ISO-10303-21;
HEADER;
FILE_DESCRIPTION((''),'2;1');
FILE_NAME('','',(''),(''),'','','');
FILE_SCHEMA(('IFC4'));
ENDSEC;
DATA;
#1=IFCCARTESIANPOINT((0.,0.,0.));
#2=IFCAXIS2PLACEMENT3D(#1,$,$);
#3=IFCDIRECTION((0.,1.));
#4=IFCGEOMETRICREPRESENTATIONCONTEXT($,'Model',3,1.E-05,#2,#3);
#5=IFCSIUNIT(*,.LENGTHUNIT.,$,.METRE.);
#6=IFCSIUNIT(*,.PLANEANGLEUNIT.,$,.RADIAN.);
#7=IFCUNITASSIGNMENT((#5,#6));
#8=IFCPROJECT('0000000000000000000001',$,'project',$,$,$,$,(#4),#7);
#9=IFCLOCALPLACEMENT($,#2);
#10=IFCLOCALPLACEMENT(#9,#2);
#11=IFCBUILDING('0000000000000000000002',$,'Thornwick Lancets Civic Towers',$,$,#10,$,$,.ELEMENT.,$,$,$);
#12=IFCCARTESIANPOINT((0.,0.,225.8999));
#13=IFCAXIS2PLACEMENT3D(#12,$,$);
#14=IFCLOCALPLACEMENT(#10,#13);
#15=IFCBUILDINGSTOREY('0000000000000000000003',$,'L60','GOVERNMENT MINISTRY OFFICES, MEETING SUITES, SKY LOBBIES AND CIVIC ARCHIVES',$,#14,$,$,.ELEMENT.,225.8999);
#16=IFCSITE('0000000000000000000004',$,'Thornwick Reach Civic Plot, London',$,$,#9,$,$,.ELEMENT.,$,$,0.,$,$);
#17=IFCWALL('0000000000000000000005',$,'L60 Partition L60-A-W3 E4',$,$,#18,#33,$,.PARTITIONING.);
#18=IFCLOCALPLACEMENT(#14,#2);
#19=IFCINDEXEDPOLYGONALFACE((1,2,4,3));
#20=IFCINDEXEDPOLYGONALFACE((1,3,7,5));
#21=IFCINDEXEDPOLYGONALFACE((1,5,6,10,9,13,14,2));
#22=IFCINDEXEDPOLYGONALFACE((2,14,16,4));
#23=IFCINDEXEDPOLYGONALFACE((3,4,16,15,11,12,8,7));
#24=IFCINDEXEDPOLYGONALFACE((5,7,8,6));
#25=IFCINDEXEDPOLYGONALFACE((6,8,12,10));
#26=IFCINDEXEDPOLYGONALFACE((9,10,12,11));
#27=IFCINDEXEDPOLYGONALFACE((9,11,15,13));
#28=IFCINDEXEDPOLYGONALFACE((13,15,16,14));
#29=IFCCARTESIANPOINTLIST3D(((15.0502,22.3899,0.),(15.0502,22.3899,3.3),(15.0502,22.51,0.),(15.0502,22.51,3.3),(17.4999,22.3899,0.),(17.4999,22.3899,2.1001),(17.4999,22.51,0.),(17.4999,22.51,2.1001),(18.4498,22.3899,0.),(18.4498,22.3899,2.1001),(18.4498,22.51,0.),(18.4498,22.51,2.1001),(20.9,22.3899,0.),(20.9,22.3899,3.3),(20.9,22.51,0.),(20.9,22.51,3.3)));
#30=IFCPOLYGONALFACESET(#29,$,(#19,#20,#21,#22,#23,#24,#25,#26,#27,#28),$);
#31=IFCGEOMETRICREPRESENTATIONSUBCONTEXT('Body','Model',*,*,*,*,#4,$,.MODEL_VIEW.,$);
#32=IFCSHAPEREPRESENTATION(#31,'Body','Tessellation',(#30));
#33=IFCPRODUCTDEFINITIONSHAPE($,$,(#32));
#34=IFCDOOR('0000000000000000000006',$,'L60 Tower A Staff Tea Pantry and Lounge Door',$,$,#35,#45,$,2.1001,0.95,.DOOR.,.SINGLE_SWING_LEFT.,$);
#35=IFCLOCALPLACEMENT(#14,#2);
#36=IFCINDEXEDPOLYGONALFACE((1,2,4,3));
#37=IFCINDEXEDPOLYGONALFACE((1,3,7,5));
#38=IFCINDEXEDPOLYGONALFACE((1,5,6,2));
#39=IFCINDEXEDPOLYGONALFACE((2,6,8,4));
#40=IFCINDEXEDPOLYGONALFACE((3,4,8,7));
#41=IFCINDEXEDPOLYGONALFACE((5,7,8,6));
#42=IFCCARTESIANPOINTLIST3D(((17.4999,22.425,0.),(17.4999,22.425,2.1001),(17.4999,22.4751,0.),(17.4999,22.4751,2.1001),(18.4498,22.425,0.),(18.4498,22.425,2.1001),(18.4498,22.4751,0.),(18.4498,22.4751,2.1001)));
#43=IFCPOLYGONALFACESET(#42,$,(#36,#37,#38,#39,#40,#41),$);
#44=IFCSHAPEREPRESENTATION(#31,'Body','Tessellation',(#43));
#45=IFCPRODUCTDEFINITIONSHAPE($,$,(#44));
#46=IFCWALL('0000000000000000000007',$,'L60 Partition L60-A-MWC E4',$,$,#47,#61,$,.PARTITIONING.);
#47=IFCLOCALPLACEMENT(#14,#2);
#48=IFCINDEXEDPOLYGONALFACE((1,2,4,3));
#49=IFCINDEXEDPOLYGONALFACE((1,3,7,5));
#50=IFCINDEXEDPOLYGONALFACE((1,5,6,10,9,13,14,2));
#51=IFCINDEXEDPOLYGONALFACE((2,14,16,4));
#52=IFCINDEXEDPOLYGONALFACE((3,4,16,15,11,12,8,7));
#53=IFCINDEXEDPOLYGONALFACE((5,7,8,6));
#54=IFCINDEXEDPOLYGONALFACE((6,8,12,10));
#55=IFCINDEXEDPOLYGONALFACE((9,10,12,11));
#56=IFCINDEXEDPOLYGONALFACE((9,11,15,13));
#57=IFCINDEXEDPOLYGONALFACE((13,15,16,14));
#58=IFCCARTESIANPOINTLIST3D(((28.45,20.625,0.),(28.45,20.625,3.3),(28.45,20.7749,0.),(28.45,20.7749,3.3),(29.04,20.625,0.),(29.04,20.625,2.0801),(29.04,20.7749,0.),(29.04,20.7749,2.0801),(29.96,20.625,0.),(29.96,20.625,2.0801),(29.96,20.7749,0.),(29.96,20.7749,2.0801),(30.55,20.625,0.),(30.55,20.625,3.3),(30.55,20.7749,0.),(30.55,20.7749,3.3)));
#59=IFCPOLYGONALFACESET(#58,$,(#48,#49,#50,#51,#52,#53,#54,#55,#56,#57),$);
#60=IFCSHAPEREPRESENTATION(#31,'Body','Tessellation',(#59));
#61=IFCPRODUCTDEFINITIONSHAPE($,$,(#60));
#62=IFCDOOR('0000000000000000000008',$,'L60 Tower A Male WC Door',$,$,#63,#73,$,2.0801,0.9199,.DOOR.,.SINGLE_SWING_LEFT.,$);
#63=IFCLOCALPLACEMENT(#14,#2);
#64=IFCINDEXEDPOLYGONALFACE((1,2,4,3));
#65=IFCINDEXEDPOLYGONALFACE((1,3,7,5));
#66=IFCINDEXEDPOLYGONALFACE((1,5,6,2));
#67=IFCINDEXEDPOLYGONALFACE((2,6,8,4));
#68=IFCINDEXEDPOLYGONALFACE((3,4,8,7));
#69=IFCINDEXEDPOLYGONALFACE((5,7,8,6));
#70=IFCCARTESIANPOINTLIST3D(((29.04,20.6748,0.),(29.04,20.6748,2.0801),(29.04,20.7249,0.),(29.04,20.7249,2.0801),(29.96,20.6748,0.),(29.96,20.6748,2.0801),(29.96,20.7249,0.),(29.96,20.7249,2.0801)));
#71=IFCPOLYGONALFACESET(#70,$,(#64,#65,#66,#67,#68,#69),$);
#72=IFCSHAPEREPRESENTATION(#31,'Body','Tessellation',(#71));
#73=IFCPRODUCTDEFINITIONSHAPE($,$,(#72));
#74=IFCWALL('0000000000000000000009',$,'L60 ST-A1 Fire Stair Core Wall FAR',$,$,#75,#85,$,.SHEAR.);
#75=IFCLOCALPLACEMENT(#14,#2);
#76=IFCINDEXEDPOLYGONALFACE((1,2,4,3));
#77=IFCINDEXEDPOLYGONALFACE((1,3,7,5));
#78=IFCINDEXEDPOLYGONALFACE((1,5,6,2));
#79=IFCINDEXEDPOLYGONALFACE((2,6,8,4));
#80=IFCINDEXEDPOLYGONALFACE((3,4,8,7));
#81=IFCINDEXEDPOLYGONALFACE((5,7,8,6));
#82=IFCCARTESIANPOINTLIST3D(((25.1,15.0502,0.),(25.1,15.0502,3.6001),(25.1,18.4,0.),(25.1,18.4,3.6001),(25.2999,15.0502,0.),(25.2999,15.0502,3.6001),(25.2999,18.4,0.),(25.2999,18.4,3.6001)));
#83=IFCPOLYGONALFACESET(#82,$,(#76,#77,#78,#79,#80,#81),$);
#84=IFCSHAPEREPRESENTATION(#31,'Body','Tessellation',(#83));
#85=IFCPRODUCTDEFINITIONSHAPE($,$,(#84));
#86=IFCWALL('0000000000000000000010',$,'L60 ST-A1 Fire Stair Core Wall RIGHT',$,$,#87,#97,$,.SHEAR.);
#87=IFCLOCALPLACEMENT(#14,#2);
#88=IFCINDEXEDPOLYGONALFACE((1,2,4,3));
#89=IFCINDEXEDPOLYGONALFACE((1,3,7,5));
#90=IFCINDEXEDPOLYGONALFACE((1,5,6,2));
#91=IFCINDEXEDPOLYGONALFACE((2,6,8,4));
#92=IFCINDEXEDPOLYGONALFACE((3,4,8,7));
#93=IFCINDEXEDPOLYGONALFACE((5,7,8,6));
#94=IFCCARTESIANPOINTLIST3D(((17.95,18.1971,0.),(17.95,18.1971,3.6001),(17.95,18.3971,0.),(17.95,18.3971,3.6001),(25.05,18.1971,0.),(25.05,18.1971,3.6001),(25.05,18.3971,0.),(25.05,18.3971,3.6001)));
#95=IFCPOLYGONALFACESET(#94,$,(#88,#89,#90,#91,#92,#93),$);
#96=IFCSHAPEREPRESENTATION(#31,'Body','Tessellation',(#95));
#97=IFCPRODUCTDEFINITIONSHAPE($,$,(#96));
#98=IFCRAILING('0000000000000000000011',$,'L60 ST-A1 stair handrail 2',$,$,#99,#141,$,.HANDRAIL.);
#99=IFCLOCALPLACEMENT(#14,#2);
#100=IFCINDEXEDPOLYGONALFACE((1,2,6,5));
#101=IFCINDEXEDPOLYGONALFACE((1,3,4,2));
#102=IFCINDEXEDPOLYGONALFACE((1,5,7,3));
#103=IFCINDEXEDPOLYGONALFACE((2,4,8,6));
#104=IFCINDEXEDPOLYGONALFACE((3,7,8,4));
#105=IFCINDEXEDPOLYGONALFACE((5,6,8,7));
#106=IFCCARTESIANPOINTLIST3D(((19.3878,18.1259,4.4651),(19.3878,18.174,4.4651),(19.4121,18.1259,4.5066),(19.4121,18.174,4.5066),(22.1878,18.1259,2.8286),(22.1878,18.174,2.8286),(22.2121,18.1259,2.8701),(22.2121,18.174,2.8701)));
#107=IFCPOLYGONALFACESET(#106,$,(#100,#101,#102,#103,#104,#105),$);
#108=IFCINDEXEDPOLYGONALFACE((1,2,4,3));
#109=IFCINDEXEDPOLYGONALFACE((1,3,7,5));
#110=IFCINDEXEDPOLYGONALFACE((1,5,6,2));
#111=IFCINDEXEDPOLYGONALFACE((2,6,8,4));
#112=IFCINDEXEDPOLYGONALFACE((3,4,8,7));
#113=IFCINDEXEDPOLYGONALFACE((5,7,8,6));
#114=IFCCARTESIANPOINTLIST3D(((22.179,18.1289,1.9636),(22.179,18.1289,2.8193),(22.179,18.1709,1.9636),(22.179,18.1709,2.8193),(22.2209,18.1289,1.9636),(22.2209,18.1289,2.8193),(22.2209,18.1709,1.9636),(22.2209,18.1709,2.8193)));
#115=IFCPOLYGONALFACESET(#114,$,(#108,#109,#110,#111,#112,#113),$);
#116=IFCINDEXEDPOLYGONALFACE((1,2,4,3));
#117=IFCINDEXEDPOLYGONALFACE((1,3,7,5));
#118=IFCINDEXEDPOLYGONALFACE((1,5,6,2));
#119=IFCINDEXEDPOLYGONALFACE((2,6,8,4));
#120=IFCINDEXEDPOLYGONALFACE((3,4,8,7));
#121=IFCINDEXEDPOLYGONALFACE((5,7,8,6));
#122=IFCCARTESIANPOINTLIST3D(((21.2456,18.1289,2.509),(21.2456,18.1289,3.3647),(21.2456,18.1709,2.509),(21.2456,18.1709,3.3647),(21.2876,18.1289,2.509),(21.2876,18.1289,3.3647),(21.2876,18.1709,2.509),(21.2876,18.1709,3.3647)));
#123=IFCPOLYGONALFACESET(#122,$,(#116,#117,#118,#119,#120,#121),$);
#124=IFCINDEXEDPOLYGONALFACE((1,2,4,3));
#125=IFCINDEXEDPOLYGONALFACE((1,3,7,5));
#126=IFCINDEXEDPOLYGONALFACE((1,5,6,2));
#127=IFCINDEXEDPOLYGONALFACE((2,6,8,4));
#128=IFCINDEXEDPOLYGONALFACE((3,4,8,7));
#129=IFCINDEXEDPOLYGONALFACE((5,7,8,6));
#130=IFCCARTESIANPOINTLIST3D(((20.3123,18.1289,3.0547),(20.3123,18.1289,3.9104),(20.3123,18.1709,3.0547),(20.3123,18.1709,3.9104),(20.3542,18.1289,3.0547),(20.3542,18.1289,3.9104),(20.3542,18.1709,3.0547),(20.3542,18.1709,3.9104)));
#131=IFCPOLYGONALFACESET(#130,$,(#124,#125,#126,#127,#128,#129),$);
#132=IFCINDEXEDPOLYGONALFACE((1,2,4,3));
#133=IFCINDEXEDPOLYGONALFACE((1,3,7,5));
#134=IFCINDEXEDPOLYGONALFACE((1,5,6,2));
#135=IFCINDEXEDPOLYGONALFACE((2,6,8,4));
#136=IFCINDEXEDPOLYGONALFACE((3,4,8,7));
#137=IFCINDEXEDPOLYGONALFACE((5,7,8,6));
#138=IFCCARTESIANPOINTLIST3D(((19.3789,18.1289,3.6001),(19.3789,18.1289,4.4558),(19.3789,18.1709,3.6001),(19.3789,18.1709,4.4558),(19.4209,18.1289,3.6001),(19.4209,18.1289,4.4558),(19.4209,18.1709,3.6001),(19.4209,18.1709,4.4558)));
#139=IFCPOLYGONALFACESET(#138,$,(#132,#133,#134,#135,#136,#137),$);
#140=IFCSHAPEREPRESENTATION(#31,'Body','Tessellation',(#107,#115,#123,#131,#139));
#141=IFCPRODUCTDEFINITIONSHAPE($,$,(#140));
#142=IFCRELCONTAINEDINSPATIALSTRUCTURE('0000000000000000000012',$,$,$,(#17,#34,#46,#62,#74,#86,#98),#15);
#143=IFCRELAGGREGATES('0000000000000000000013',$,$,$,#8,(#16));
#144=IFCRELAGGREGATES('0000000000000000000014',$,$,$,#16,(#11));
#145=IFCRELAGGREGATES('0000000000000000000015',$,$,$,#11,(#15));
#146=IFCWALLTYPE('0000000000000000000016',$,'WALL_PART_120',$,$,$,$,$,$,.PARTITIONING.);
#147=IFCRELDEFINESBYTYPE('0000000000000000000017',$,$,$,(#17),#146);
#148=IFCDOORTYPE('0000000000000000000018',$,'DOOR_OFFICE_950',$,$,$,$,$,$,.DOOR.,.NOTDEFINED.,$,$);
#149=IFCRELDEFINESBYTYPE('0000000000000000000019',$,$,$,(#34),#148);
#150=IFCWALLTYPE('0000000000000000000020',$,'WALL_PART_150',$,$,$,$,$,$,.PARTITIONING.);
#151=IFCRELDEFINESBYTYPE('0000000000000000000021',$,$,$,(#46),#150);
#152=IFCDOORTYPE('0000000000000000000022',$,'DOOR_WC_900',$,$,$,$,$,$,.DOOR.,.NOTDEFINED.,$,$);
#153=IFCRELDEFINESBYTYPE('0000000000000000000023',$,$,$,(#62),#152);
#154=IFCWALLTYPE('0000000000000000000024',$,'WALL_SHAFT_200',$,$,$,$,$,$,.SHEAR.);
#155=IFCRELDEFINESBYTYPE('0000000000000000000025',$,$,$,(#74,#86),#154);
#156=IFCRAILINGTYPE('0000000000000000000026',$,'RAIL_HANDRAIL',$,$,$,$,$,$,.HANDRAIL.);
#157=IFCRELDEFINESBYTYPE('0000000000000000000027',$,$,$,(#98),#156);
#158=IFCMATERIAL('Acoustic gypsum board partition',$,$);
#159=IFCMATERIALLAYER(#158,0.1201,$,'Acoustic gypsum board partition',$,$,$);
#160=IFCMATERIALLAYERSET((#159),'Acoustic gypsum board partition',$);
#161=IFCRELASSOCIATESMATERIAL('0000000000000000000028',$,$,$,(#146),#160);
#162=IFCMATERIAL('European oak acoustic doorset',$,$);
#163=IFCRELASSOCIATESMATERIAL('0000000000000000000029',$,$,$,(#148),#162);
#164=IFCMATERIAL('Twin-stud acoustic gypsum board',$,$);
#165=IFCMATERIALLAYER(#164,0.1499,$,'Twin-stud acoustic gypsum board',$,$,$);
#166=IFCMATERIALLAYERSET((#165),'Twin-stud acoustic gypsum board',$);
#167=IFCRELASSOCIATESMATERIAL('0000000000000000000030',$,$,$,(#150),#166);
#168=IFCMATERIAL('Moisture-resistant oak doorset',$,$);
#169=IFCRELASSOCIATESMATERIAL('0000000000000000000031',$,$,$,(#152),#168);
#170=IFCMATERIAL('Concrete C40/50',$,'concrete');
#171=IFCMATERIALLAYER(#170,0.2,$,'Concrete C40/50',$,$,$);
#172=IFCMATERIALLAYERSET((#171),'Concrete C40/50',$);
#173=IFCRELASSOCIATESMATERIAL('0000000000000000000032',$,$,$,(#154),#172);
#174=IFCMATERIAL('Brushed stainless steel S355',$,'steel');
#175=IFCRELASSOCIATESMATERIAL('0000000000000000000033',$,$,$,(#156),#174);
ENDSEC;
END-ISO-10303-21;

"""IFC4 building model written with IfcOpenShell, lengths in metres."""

from ifc_helpers import new_model, si_unit, direction, frame, frame_2d, origin, origin_2d, place, context, subcontext, project, spatial, rectangle, extrude, material, layer, layer_set, type_object, element, fill, save


model = new_model("IFC4")

# Units and contexts
model_context = context("Model", 3, precision=1e-05, world=origin(), true_north=direction((0.0, 1.0)))
body_context = subcontext(model_context, "Body", "Model", "MODEL_VIEW")
ifc_project = project(units=[si_unit("LENGTHUNIT", "METRE"), si_unit("PLANEANGLEUNIT", "RADIAN")], contexts=[model_context])

# Site, building, storey
site_placement = place(None, origin())
site = spatial("IfcSite", under=ifc_project, at=site_placement, Name="Thornwick Reach Civic Plot, London", CompositionType="ELEMENT", RefElevation=0.0)
building_placement = place(site_placement, origin())
building = spatial("IfcBuilding", under=site, at=building_placement, Name="Thornwick Lancets Civic Towers", CompositionType="ELEMENT")
storey_placement = place(building_placement, frame((0.0, 0.0, 225.8999)))
storey = spatial("IfcBuildingStorey", under=building, at=storey_placement, Name="L60", Description="GOVERNMENT MINISTRY OFFICES, MEETING SUITES, SKY LOBBIES AND CIVIC ARCHIVES", CompositionType="ELEMENT", Elevation=225.8999)

# Shared definitions
ifc_material_1 = material(Name="Acoustic gypsum board partition")
ifc_layer_1 = layer(ifc_material_1, 0.1201, Name="Acoustic gypsum board partition")
ifc_layer_set_1 = layer_set([ifc_layer_1], Name="Acoustic gypsum board partition")
wall_type_1 = type_object("IfcWallType", Name="WALL_PART_120", PredefinedType="PARTITIONING", material=ifc_layer_set_1)

# Walls, openings, doors
wall_1_placement = place(storey_placement, frame((20.8999, 22.45, 0.0), z_axis=(0.0, 0.0, 1.0), x_axis=(-1.0, 0.0, 0.0)))
wall_1 = element("IfcWall", 1, at=wall_1_placement, inside=storey, type_object=wall_type_1, Name="L60 Partition L60-A-W3 E4", PredefinedType="PARTITIONING", context=body_context, shape_type="SweptSolid", body=[
    extrude(rectangle(XDim=5.8499, YDim=0.1201, at=frame_2d((2.9248, 0.0))), origin(), (0.0, 0.0, 1.0), 3.3),
])
opening_1_placement = place(wall_1_placement, frame((2.45, 0.0, 0.0)))
opening_1 = element("IfcOpeningElement", 2, at=opening_1_placement, cuts=wall_1, PredefinedType="OPENING", context=body_context, shape_type="SweptSolid", body=[
    extrude(rectangle(XDim=0.95, YDim=2.1001, at=frame_2d((0.4751, 1.05))), frame((0.0, 0.0701, 0.0), z_axis=(0.0, -1.0, 0.0), x_axis=(1.0, 0.0, 0.0)), (0.0, 0.0, 1.0), 0.1401),
])
ifc_material_2 = material(Name="European oak acoustic doorset")
door_type_1 = type_object("IfcDoorType", Name="DOOR_OFFICE_950", OperationType="NOTDEFINED", PredefinedType="DOOR", material=ifc_material_2)
door_1_placement = place(opening_1_placement, origin())
door_1 = element("IfcDoor", 3, at=door_1_placement, inside=storey, type_object=door_type_1, Name="L60 Tower A Staff Tea Pantry and Lounge Door", OperationType="SINGLE_SWING_LEFT", OverallHeight=2.1001, OverallWidth=0.95, PredefinedType="DOOR", context=body_context, shape_type="SweptSolid", body=[
    extrude(rectangle(XDim=0.95, YDim=2.1001, at=frame_2d((0.4751, 1.05))), frame((0.0, 0.0249, 0.0), z_axis=(0.0, -1.0, 0.0), x_axis=(1.0, 0.0, 0.0)), (0.0, 0.0, 1.0), 0.05),
])
fill(opening_1, door_1)
ifc_material_3 = material(Name="Twin-stud acoustic gypsum board")
ifc_layer_2 = layer(ifc_material_3, 0.1499, Name="Twin-stud acoustic gypsum board")
ifc_layer_set_2 = layer_set([ifc_layer_2], Name="Twin-stud acoustic gypsum board")
wall_type_2 = type_object("IfcWallType", Name="WALL_PART_150", PredefinedType="PARTITIONING", material=ifc_layer_set_2)
wall_2_placement = place(storey_placement, frame((28.45, 20.7, 0.0), z_axis=(0.0, 0.0, 1.0), x_axis=(1.0, 0.0, 0.0)))
wall_2 = element("IfcWall", 4, at=wall_2_placement, inside=storey, type_object=wall_type_2, Name="L60 Partition L60-A-MWC E4", PredefinedType="PARTITIONING", context=body_context, shape_type="SweptSolid", body=[
    extrude(rectangle(XDim=2.1001, YDim=0.1499, at=frame_2d((1.05, 0.0))), origin(), (0.0, 0.0, 1.0), 3.3),
])
opening_2_placement = place(wall_2_placement, frame((0.5901, 0.0, 0.0)))
opening_2 = element("IfcOpeningElement", 5, at=opening_2_placement, cuts=wall_2, PredefinedType="OPENING", context=body_context, shape_type="SweptSolid", body=[
    extrude(rectangle(XDim=0.9199, YDim=2.0801, at=frame_2d((0.46, 1.04))), frame((0.0, 0.085, 0.0), z_axis=(0.0, -1.0, 0.0), x_axis=(1.0, 0.0, 0.0)), (0.0, 0.0, 1.0), 0.1699),
])
ifc_material_4 = material(Name="Moisture-resistant oak doorset")
door_type_2 = type_object("IfcDoorType", Name="DOOR_WC_900", OperationType="NOTDEFINED", PredefinedType="DOOR", material=ifc_material_4)
door_2_placement = place(opening_2_placement, origin())
door_2 = element("IfcDoor", 6, at=door_2_placement, inside=storey, type_object=door_type_2, Name="L60 Tower A Male WC Door", OperationType="SINGLE_SWING_LEFT", OverallHeight=2.0801, OverallWidth=0.9199, PredefinedType="DOOR", context=body_context, shape_type="SweptSolid", body=[
    extrude(rectangle(XDim=0.9199, YDim=2.0801, at=frame_2d((0.46, 1.04))), frame((0.0, 0.0249, 0.0), z_axis=(0.0, -1.0, 0.0), x_axis=(1.0, 0.0, 0.0)), (0.0, 0.0, 1.0), 0.05),
])
fill(opening_2, door_2)

# Walls
ifc_material_5 = material(Name="Concrete C40/50", Category="concrete")
ifc_layer_3 = layer(ifc_material_5, 0.2, Name="Concrete C40/50")
ifc_layer_set_3 = layer_set([ifc_layer_3], Name="Concrete C40/50")
wall_type_3 = type_object("IfcWallType", Name="WALL_SHAFT_200", PredefinedType="SHEAR", material=ifc_layer_set_3)
wall_3_placement = place(storey_placement, frame((25.2, 18.3999, 0.0), z_axis=(0.0, 0.0, 1.0), x_axis=(0.0, -1.0, 0.0)))
element("IfcWall", 7, at=wall_3_placement, inside=storey, type_object=wall_type_3, Name="L60 ST-A1 Fire Stair Core Wall FAR", PredefinedType="SHEAR", context=body_context, shape_type="SweptSolid", body=[
    extrude(rectangle(XDim=3.3499, YDim=0.2, at=frame_2d((1.6748, 0.0))), origin(), (0.0, 0.0, 1.0), 3.6001),
])
wall_4_placement = place(storey_placement, frame((25.05, 18.2971, 0.0), z_axis=(0.0, 0.0, 1.0), x_axis=(-1.0, 0.0, 0.0)))
element("IfcWall", 8, at=wall_4_placement, inside=storey, type_object=wall_type_3, Name="L60 ST-A1 Fire Stair Core Wall RIGHT", PredefinedType="SHEAR", context=body_context, shape_type="SweptSolid", body=[
    extrude(rectangle(XDim=7.1001, YDim=0.2, at=frame_2d((3.55, 0.0))), origin(), (0.0, 0.0, 1.0), 3.6001),
])

# Railing
ifc_material_6 = material(Name="Brushed stainless steel S355", Category="steel")
railing_type_1 = type_object("IfcRailingType", Name="RAIL_HANDRAIL", PredefinedType="HANDRAIL", material=ifc_material_6)
railing_1_placement = place(storey_placement, frame((22.2, 18.1499, 1.9636)))
element("IfcRailing", 9, at=railing_1_placement, inside=storey, type_object=railing_type_1, Name="L60 ST-A1 stair handrail 2", PredefinedType="HANDRAIL", context=body_context, shape_type="SweptSolid", body=[
    extrude(rectangle(XDim=0.0481, YDim=0.0481, at=origin_2d()), frame((0.0, 0.0, 0.8857), z_axis=(-0.863361, 0.0, 0.504587), x_axis=(0.0, -1.0, 0.0)), (0.0, 0.0, 1.0), 3.2432),
    extrude(rectangle(XDim=0.042, YDim=0.042, at=origin_2d()), origin(), (0.0, 0.0, 1.0), 0.8557),
    extrude(rectangle(XDim=0.042, YDim=0.042, at=origin_2d()), frame((-0.9333, 0.0, 0.5454)), (0.0, 0.0, 1.0), 0.8557),
    extrude(rectangle(XDim=0.042, YDim=0.042, at=origin_2d()), frame((-1.8667, 0.0, 1.0911)), (0.0, 0.0, 1.0), 0.8557),
    extrude(rectangle(XDim=0.042, YDim=0.042, at=origin_2d()), frame((-2.8, 0.0, 1.6365)), (0.0, 0.0, 1.0), 0.8557),
])

save(model, "model.ifc")
